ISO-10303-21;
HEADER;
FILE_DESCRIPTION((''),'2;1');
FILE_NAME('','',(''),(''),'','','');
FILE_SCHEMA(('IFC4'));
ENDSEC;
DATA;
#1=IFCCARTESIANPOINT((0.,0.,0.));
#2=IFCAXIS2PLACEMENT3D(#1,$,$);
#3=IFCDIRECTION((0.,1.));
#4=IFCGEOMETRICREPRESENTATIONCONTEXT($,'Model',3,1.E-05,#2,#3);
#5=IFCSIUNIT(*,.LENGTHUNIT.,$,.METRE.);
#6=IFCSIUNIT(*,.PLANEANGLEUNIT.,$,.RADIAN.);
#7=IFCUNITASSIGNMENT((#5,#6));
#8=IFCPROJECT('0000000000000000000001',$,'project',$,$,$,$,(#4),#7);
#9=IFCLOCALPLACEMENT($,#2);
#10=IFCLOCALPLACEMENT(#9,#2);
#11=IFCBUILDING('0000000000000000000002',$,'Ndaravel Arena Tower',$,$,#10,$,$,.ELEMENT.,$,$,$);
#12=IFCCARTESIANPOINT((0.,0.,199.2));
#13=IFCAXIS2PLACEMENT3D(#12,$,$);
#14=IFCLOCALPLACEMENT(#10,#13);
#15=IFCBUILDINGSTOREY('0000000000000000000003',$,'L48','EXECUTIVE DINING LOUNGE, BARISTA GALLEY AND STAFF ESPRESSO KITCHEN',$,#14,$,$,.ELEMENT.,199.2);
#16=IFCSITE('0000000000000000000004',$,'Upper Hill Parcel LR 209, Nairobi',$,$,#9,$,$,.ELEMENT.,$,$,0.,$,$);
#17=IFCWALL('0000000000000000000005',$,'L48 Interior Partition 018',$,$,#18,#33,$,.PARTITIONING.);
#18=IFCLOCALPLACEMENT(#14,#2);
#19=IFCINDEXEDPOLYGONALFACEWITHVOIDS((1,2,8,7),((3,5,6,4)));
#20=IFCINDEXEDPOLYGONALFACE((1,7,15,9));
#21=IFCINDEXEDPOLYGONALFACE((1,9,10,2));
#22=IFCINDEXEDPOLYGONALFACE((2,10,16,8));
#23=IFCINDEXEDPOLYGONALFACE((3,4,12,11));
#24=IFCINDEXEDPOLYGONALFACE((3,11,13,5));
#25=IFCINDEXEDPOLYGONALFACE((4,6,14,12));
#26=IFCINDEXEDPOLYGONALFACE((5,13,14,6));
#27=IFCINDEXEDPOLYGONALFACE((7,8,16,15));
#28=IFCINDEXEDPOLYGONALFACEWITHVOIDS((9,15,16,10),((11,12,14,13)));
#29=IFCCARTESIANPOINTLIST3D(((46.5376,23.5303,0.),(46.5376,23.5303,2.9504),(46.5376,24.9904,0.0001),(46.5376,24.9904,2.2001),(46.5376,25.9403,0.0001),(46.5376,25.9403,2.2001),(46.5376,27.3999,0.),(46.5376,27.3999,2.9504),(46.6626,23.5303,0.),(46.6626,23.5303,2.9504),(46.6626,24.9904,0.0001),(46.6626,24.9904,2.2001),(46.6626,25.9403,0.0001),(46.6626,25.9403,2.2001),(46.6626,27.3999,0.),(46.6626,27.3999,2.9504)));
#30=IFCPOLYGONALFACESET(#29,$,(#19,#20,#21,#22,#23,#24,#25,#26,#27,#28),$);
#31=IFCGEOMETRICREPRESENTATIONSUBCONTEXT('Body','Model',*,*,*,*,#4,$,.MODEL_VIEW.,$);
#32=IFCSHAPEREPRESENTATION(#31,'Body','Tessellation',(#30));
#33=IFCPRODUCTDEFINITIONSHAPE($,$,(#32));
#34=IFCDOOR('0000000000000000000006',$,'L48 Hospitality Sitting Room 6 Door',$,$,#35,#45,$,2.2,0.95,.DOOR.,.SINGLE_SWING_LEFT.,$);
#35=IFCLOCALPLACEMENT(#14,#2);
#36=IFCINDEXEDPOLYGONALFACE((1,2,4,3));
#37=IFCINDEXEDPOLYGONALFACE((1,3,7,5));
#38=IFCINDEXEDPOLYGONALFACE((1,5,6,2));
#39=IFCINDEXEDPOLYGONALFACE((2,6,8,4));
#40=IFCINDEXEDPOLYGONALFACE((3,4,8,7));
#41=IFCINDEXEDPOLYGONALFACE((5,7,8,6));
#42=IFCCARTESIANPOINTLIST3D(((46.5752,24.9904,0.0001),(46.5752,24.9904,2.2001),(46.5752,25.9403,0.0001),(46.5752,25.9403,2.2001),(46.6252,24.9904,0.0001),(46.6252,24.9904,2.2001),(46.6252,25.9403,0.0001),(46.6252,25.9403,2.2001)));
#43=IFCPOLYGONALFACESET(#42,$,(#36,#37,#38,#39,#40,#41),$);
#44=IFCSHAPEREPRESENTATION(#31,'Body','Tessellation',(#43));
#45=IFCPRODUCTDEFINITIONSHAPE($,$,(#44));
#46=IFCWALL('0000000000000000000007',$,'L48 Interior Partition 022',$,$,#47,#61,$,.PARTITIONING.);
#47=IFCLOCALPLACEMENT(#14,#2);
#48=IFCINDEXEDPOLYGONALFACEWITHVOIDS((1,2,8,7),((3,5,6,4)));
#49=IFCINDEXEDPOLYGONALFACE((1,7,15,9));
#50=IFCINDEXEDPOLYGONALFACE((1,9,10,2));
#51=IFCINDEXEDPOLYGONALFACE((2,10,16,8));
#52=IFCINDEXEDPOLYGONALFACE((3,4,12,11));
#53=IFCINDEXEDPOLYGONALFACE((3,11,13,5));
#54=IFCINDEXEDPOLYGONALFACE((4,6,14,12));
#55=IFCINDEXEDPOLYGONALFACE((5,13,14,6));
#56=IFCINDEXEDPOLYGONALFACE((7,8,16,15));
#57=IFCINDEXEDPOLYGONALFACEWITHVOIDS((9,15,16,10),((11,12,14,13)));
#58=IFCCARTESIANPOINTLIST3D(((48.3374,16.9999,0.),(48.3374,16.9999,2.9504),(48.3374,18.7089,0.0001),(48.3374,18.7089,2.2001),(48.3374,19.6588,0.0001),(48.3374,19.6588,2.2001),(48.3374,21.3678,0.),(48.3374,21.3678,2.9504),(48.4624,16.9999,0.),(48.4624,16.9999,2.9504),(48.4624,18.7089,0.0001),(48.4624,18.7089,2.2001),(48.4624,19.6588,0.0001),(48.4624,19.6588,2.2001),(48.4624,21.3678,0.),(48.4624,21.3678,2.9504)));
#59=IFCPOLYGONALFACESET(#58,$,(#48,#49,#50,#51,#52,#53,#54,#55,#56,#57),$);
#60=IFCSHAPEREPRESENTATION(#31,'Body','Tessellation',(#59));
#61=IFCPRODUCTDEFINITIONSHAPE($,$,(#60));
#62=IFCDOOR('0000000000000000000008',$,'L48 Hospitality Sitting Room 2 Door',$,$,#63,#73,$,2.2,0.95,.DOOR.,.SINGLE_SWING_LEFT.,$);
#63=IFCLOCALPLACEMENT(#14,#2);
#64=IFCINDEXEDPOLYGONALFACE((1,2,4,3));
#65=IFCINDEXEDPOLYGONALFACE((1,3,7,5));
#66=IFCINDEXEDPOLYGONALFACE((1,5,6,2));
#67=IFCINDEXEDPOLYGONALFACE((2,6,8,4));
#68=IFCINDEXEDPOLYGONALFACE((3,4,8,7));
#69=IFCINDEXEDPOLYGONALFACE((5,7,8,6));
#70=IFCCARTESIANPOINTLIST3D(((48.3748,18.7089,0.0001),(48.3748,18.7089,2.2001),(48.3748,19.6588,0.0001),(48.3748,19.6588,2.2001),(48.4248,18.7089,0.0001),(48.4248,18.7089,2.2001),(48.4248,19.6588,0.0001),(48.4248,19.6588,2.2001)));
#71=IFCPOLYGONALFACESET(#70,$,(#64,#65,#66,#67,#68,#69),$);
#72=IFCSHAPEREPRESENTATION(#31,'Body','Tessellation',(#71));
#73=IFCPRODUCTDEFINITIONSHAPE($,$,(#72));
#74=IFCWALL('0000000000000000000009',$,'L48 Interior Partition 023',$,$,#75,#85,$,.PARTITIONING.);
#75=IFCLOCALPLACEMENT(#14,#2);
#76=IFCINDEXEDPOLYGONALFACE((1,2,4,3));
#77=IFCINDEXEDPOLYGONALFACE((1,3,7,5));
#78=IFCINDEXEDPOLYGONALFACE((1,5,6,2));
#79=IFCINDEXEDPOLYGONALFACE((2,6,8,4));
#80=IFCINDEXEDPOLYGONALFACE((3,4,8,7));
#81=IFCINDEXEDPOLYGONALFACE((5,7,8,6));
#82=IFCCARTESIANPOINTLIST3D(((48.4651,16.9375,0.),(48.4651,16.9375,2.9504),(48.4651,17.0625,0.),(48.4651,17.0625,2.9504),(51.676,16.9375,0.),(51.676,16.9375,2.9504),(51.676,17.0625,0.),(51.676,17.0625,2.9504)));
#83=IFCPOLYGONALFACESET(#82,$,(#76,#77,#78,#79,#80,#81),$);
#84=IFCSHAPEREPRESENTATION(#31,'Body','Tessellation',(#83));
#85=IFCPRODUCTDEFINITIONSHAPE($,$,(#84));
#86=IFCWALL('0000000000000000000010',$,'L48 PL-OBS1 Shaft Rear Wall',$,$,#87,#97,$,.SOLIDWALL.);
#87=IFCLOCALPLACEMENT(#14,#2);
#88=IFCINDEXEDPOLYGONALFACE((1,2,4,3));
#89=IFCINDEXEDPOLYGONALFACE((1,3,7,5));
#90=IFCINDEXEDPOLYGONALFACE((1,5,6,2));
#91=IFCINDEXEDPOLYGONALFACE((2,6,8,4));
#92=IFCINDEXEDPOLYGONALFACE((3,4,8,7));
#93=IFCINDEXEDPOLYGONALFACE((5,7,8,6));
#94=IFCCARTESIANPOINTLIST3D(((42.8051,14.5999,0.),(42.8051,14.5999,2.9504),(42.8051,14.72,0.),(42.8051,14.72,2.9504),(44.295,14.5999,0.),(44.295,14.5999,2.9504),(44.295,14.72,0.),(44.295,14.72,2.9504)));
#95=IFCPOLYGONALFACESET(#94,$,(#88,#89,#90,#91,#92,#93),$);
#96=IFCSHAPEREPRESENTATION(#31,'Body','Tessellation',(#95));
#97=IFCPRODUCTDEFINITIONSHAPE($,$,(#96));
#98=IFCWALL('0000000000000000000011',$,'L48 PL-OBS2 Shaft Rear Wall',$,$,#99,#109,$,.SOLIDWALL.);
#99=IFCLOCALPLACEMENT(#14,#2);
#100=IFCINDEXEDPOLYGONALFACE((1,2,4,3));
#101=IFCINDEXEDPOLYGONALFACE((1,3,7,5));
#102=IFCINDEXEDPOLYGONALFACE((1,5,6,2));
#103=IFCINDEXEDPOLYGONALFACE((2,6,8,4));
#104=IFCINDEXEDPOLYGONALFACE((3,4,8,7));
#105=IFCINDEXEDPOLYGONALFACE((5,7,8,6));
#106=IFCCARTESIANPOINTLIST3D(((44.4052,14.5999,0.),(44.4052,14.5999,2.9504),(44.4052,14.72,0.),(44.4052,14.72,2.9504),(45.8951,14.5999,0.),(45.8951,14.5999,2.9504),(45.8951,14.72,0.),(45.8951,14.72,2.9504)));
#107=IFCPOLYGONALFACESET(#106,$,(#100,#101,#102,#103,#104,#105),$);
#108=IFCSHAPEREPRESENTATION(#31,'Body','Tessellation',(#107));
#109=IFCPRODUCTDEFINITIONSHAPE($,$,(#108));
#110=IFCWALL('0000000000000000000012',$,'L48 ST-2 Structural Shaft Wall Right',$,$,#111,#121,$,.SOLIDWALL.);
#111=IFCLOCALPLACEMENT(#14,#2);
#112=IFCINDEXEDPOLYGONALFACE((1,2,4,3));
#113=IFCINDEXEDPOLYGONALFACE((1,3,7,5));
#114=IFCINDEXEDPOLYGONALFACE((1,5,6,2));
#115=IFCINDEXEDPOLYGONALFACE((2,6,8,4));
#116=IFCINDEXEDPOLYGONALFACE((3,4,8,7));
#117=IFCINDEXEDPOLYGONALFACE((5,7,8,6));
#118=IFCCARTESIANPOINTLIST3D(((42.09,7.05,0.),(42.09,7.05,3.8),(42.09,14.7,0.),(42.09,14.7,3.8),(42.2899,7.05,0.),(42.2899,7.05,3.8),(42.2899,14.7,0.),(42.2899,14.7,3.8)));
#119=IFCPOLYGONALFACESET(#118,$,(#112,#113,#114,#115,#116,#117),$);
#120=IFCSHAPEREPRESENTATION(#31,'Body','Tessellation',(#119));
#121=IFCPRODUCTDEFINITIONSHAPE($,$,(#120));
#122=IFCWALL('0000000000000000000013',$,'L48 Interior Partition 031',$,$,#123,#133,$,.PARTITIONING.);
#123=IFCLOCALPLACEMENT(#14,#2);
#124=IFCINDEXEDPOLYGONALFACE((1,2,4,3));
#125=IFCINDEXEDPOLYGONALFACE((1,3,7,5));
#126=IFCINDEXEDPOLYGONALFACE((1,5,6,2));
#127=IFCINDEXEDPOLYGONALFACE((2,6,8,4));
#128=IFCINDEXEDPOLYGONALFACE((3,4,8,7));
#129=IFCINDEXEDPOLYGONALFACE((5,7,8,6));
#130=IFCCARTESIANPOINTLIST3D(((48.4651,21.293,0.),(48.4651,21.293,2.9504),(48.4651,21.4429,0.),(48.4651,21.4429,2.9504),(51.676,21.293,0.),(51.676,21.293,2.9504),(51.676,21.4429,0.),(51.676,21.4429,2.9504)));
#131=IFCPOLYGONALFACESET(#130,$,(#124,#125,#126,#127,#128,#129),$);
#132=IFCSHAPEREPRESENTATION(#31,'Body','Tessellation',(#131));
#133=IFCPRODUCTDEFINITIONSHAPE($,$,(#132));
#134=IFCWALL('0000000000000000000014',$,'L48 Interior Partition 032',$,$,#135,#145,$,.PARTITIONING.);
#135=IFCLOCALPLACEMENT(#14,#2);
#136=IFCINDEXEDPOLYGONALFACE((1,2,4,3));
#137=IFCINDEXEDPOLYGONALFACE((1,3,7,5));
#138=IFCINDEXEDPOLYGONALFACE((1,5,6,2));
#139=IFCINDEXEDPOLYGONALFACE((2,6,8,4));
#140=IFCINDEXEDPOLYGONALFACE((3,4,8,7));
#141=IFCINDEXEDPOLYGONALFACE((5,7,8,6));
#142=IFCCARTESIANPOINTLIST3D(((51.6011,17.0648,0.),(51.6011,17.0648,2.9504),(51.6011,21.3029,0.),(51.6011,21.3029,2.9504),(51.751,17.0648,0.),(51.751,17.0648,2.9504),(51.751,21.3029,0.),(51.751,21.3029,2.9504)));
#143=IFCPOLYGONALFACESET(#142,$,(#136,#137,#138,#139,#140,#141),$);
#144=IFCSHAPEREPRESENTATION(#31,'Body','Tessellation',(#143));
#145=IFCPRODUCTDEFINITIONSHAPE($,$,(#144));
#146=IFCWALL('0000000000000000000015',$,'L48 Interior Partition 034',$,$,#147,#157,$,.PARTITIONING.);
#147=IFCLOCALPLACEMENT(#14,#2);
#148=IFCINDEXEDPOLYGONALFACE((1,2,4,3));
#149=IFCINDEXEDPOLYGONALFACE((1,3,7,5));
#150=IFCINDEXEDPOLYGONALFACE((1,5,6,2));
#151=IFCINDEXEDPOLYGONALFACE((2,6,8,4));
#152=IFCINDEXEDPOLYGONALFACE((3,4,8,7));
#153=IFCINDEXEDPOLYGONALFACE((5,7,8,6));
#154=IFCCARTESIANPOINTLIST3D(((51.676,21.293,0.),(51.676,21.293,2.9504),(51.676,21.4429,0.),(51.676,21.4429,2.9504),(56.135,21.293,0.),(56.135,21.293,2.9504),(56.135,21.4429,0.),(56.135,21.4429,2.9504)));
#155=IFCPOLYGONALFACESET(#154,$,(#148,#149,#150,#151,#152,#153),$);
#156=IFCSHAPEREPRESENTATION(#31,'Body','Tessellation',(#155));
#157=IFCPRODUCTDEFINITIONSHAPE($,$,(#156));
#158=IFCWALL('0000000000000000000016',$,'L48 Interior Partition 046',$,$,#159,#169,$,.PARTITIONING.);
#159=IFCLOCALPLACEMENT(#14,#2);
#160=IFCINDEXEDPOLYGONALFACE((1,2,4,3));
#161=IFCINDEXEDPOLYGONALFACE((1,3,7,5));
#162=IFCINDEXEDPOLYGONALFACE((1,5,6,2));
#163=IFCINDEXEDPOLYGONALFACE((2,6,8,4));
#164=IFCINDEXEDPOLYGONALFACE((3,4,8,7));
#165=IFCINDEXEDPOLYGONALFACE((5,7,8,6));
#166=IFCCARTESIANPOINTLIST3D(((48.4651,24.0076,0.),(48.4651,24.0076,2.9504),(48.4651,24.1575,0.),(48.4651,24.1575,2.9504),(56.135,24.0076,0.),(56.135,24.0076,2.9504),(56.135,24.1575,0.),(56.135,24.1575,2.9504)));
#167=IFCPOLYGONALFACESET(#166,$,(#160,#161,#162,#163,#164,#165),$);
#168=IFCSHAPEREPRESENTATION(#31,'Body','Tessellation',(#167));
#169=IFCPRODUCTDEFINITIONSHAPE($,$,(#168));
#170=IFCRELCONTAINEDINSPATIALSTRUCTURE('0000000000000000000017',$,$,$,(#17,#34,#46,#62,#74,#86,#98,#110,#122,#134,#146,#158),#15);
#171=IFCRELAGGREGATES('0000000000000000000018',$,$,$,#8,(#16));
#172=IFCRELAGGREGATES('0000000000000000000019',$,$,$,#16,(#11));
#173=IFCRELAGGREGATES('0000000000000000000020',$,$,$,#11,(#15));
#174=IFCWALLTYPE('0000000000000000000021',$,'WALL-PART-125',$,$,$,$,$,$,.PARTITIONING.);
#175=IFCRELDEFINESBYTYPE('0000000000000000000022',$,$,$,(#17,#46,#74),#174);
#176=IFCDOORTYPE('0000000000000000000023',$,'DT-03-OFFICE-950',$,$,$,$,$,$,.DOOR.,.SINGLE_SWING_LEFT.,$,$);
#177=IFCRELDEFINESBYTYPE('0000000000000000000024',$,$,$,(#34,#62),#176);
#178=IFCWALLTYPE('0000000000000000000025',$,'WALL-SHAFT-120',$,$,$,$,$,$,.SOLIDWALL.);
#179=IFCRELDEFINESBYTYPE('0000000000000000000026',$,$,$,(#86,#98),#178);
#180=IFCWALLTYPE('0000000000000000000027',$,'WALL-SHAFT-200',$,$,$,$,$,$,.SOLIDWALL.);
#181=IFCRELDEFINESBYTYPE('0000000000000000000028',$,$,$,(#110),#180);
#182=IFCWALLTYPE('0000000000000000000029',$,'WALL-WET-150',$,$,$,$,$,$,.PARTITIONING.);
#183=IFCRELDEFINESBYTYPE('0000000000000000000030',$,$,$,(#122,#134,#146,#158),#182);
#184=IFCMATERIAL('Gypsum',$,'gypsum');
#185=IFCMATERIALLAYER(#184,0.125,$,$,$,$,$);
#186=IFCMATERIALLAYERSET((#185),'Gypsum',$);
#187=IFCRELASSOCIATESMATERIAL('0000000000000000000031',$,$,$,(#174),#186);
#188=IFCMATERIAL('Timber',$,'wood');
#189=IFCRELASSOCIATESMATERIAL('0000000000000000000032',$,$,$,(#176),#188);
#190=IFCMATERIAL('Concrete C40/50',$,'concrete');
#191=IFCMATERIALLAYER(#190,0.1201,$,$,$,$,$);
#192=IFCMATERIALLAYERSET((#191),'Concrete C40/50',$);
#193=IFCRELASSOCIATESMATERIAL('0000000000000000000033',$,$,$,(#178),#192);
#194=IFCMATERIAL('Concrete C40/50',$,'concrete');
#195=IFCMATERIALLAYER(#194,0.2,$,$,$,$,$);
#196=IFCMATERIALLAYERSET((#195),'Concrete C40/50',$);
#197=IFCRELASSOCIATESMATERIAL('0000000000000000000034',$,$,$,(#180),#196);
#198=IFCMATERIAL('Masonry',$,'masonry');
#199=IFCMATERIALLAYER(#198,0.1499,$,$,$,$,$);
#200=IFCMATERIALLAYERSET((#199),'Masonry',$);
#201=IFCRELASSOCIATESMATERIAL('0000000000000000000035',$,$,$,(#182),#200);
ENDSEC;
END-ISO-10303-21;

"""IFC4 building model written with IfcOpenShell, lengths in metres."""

from ifc_helpers import new_model, si_unit, direction, frame, frame_2d, origin, place, context, subcontext, project, spatial, rectangle, extrude, material, layer, layer_set, type_object, element, fill, save


model = new_model("IFC4")

# Units and contexts
model_context = context("Model", 3, precision=1e-05, world=origin(), true_north=direction((0.0, 1.0)))
body_context = subcontext(model_context, "Body", "Model", "MODEL_VIEW")
ifc_project = project(units=[si_unit("LENGTHUNIT", "METRE"), si_unit("PLANEANGLEUNIT", "RADIAN")], contexts=[model_context])

# Site, building, storey
site_placement = place(None, origin())
site = spatial("IfcSite", under=ifc_project, at=site_placement, Name="Upper Hill Parcel LR 209, Nairobi", CompositionType="ELEMENT", RefElevation=0.0)
building_placement = place(site_placement, origin())
building = spatial("IfcBuilding", under=site, at=building_placement, Name="Ndaravel Arena Tower", CompositionType="ELEMENT")
storey_placement = place(building_placement, frame((0.0, 0.0, 199.2)))
storey = spatial("IfcBuildingStorey", under=building, at=storey_placement, Name="L48", Description="EXECUTIVE DINING LOUNGE, BARISTA GALLEY AND STAFF ESPRESSO KITCHEN", CompositionType="ELEMENT", Elevation=199.2)

# Shared definitions
ifc_material_1 = material(Name="Gypsum", Category="gypsum")
ifc_layer_1 = layer(ifc_material_1, 0.125)
ifc_layer_set_1 = layer_set([ifc_layer_1], Name="Gypsum")
wall_type_1 = type_object("IfcWallType", Name="WALL-PART-125", PredefinedType="PARTITIONING", material=ifc_layer_set_1)

# Walls, openings, doors
wall_1_placement = place(storey_placement, frame((46.6001, 23.5303, 0.0), z_axis=(0.0, 0.0, 1.0), x_axis=(0.0, 1.0, 0.0)))
wall_1 = element("IfcWall", 1, at=wall_1_placement, inside=storey, type_object=wall_type_1, Name="L48 Interior Partition 018", PredefinedType="PARTITIONING", context=body_context, shape_type="SweptSolid", body=[
    extrude(rectangle(XDim=3.8696, YDim=0.125, at=frame_2d((1.9348, 0.0))), origin(), (0.0, 0.0, 1.0), 2.9504),
])
opening_1_placement = place(wall_1_placement, frame((1.46, 0.0, 0.0)))
opening_1 = element("IfcOpeningElement", 2, at=opening_1_placement, cuts=wall_1, PredefinedType="OPENING", context=body_context, shape_type="SweptSolid", body=[
    extrude(rectangle(XDim=0.95, YDim=2.2, at=frame_2d((0.4751, 1.1001))), frame((0.0, 0.0625, 0.0), z_axis=(0.0, -1.0, 0.0), x_axis=(1.0, 0.0, 0.0)), (0.0, 0.0, 1.0), 0.125),
])
ifc_material_2 = material(Name="Timber", Category="wood")
door_type_1 = type_object("IfcDoorType", Name="DT-03-OFFICE-950", OperationType="SINGLE_SWING_LEFT", PredefinedType="DOOR", material=ifc_material_2)
door_1_placement = place(opening_1_placement, origin())
door_1 = element("IfcDoor", 3, at=door_1_placement, inside=storey, type_object=door_type_1, Name="L48 Hospitality Sitting Room 6 Door", OperationType="SINGLE_SWING_LEFT", OverallHeight=2.2, OverallWidth=0.95, PredefinedType="DOOR", context=body_context, shape_type="SweptSolid", body=[
    extrude(rectangle(XDim=0.95, YDim=2.2, at=frame_2d((0.4751, 1.1001))), frame((0.0, 0.0249, 0.0), z_axis=(0.0, -1.0, 0.0), x_axis=(1.0, 0.0, 0.0)), (0.0, 0.0, 1.0), 0.05),
])
fill(opening_1, door_1)
wall_2_placement = place(storey_placement, frame((48.3999, 21.3679, 0.0), z_axis=(0.0, 0.0, 1.0), x_axis=(0.0, -1.0, 0.0)))
wall_2 = element("IfcWall", 4, at=wall_2_placement, inside=storey, type_object=wall_type_1, Name="L48 Interior Partition 022", PredefinedType="PARTITIONING", context=body_context, shape_type="SweptSolid", body=[
    extrude(rectangle(XDim=4.3679, YDim=0.125, at=frame_2d((2.1841, 0.0))), origin(), (0.0, 0.0, 1.0), 2.9504),
])
opening_2_placement = place(wall_2_placement, frame((1.709, 0.0, 0.0)))
opening_2 = element("IfcOpeningElement", 5, at=opening_2_placement, cuts=wall_2, PredefinedType="OPENING", context=body_context, shape_type="SweptSolid", body=[
    extrude(rectangle(XDim=0.95, YDim=2.2, at=frame_2d((0.4751, 1.1001))), frame((0.0, 0.0625, 0.0), z_axis=(0.0, -1.0, 0.0), x_axis=(1.0, 0.0, 0.0)), (0.0, 0.0, 1.0), 0.125),
])
door_2_placement = place(opening_2_placement, origin())
door_2 = element("IfcDoor", 6, at=door_2_placement, inside=storey, type_object=door_type_1, Name="L48 Hospitality Sitting Room 2 Door", OperationType="SINGLE_SWING_LEFT", OverallHeight=2.2, OverallWidth=0.95, PredefinedType="DOOR", context=body_context, shape_type="SweptSolid", body=[
    extrude(rectangle(XDim=0.95, YDim=2.2, at=frame_2d((0.4751, 1.1001))), frame((0.0, 0.0249, 0.0), z_axis=(0.0, -1.0, 0.0), x_axis=(1.0, 0.0, 0.0)), (0.0, 0.0, 1.0), 0.05),
])
fill(opening_2, door_2)

# Walls
wall_3_placement = place(storey_placement, frame((48.4651, 17.0, 0.0), z_axis=(0.0, 0.0, 1.0), x_axis=(1.0, 0.0, 0.0)))
element("IfcWall", 7, at=wall_3_placement, inside=storey, type_object=wall_type_1, Name="L48 Interior Partition 023", PredefinedType="PARTITIONING", context=body_context, shape_type="SweptSolid", body=[
    extrude(rectangle(XDim=3.2109, YDim=0.125, at=frame_2d((1.6055, 0.0))), origin(), (0.0, 0.0, 1.0), 2.9504),
])
ifc_material_3 = material(Name="Concrete C40/50", Category="concrete")
ifc_layer_2 = layer(ifc_material_3, 0.1201)
ifc_layer_set_2 = layer_set([ifc_layer_2], Name="Concrete C40/50")
wall_type_2 = type_object("IfcWallType", Name="WALL-SHAFT-120", PredefinedType="SOLIDWALL", material=ifc_layer_set_2)
for number, where, z_axis, x_axis, name in (
    (8, (42.8049, 14.6599, 0.0), (0.0, 0.0, 1.0), (1.0, 0.0, 0.0), "L48 PL-OBS1 Shaft Rear Wall"),
    (9, (44.405, 14.6599, 0.0), (0.0, 0.0, 1.0), (1.0, 0.0, 0.0), "L48 PL-OBS2 Shaft Rear Wall"),
):
    element("IfcWall", number, at=place(storey_placement, frame(where, z_axis=z_axis, x_axis=x_axis)), inside=storey, type_object=wall_type_2, Name=name, PredefinedType="SOLIDWALL", context=body_context, shape_type="SweptSolid", body=[
        extrude(rectangle(XDim=1.49, YDim=0.1201, at=frame_2d((0.7451, 0.0))), origin(), (0.0, 0.0, 1.0), 2.9504),
    ])
ifc_material_4 = material(Name="Concrete C40/50", Category="concrete")
ifc_layer_3 = layer(ifc_material_4, 0.2)
ifc_layer_set_3 = layer_set([ifc_layer_3], Name="Concrete C40/50")
wall_type_3 = type_object("IfcWallType", Name="WALL-SHAFT-200", PredefinedType="SOLIDWALL", material=ifc_layer_set_3)
wall_4_placement = place(storey_placement, frame((42.1899, 14.7, 0.0), z_axis=(0.0, 0.0, 1.0), x_axis=(0.0, -1.0, 0.0)))
element("IfcWall", 10, at=wall_4_placement, inside=storey, type_object=wall_type_3, Name="L48 ST-2 Structural Shaft Wall Right", PredefinedType="SOLIDWALL", context=body_context, shape_type="SweptSolid", body=[
    extrude(rectangle(XDim=7.6499, YDim=0.2, at=frame_2d((3.825, 0.0))), origin(), (0.0, 0.0, 1.0), 3.8),
])

# Shared definitions
ifc_material_5 = material(Name="Masonry", Category="masonry")
ifc_layer_4 = layer(ifc_material_5, 0.1499)
ifc_layer_set_4 = layer_set([ifc_layer_4], Name="Masonry")
wall_type_4 = type_object("IfcWallType", Name="WALL-WET-150", PredefinedType="PARTITIONING", material=ifc_layer_set_4)

# Walls
wall_5_placement = place(storey_placement, frame((48.4651, 21.3679, 0.0), z_axis=(0.0, 0.0, 1.0), x_axis=(1.0, 0.0, 0.0)))
element("IfcWall", 11, at=wall_5_placement, inside=storey, type_object=wall_type_4, Name="L48 Interior Partition 031", PredefinedType="PARTITIONING", context=body_context, shape_type="SweptSolid", body=[
    extrude(rectangle(XDim=3.2109, YDim=0.1499, at=frame_2d((1.6055, 0.0))), origin(), (0.0, 0.0, 1.0), 2.9504),
])
wall_6_placement = place(storey_placement, frame((51.676, 21.303, 0.0), z_axis=(0.0, 0.0, 1.0), x_axis=(0.0, -1.0, 0.0)))
element("IfcWall", 12, at=wall_6_placement, inside=storey, type_object=wall_type_4, Name="L48 Interior Partition 032", PredefinedType="PARTITIONING", context=body_context, shape_type="SweptSolid", body=[
    extrude(rectangle(XDim=4.238, YDim=0.1499, at=frame_2d((2.1191, 0.0))), origin(), (0.0, 0.0, 1.0), 2.9504),
])
wall_7_placement = place(storey_placement, frame((51.676, 21.3679, 0.0), z_axis=(0.0, 0.0, 1.0), x_axis=(1.0, 0.0, 0.0)))
element("IfcWall", 13, at=wall_7_placement, inside=storey, type_object=wall_type_4, Name="L48 Interior Partition 034", PredefinedType="PARTITIONING", context=body_context, shape_type="SweptSolid", body=[
    extrude(rectangle(XDim=4.459, YDim=0.1499, at=frame_2d((2.2295, 0.0))), origin(), (0.0, 0.0, 1.0), 2.9504),
])
wall_8_placement = place(storey_placement, frame((48.4651, 24.0825, 0.0), z_axis=(0.0, 0.0, 1.0), x_axis=(1.0, 0.0, 0.0)))
element("IfcWall", 14, at=wall_8_placement, inside=storey, type_object=wall_type_4, Name="L48 Interior Partition 046", PredefinedType="PARTITIONING", context=body_context, shape_type="SweptSolid", body=[
    extrude(rectangle(XDim=7.6699, YDim=0.1499, at=frame_2d((3.835, 0.0))), origin(), (0.0, 0.0, 1.0), 2.9504),
])

save(model, "model.ifc")
